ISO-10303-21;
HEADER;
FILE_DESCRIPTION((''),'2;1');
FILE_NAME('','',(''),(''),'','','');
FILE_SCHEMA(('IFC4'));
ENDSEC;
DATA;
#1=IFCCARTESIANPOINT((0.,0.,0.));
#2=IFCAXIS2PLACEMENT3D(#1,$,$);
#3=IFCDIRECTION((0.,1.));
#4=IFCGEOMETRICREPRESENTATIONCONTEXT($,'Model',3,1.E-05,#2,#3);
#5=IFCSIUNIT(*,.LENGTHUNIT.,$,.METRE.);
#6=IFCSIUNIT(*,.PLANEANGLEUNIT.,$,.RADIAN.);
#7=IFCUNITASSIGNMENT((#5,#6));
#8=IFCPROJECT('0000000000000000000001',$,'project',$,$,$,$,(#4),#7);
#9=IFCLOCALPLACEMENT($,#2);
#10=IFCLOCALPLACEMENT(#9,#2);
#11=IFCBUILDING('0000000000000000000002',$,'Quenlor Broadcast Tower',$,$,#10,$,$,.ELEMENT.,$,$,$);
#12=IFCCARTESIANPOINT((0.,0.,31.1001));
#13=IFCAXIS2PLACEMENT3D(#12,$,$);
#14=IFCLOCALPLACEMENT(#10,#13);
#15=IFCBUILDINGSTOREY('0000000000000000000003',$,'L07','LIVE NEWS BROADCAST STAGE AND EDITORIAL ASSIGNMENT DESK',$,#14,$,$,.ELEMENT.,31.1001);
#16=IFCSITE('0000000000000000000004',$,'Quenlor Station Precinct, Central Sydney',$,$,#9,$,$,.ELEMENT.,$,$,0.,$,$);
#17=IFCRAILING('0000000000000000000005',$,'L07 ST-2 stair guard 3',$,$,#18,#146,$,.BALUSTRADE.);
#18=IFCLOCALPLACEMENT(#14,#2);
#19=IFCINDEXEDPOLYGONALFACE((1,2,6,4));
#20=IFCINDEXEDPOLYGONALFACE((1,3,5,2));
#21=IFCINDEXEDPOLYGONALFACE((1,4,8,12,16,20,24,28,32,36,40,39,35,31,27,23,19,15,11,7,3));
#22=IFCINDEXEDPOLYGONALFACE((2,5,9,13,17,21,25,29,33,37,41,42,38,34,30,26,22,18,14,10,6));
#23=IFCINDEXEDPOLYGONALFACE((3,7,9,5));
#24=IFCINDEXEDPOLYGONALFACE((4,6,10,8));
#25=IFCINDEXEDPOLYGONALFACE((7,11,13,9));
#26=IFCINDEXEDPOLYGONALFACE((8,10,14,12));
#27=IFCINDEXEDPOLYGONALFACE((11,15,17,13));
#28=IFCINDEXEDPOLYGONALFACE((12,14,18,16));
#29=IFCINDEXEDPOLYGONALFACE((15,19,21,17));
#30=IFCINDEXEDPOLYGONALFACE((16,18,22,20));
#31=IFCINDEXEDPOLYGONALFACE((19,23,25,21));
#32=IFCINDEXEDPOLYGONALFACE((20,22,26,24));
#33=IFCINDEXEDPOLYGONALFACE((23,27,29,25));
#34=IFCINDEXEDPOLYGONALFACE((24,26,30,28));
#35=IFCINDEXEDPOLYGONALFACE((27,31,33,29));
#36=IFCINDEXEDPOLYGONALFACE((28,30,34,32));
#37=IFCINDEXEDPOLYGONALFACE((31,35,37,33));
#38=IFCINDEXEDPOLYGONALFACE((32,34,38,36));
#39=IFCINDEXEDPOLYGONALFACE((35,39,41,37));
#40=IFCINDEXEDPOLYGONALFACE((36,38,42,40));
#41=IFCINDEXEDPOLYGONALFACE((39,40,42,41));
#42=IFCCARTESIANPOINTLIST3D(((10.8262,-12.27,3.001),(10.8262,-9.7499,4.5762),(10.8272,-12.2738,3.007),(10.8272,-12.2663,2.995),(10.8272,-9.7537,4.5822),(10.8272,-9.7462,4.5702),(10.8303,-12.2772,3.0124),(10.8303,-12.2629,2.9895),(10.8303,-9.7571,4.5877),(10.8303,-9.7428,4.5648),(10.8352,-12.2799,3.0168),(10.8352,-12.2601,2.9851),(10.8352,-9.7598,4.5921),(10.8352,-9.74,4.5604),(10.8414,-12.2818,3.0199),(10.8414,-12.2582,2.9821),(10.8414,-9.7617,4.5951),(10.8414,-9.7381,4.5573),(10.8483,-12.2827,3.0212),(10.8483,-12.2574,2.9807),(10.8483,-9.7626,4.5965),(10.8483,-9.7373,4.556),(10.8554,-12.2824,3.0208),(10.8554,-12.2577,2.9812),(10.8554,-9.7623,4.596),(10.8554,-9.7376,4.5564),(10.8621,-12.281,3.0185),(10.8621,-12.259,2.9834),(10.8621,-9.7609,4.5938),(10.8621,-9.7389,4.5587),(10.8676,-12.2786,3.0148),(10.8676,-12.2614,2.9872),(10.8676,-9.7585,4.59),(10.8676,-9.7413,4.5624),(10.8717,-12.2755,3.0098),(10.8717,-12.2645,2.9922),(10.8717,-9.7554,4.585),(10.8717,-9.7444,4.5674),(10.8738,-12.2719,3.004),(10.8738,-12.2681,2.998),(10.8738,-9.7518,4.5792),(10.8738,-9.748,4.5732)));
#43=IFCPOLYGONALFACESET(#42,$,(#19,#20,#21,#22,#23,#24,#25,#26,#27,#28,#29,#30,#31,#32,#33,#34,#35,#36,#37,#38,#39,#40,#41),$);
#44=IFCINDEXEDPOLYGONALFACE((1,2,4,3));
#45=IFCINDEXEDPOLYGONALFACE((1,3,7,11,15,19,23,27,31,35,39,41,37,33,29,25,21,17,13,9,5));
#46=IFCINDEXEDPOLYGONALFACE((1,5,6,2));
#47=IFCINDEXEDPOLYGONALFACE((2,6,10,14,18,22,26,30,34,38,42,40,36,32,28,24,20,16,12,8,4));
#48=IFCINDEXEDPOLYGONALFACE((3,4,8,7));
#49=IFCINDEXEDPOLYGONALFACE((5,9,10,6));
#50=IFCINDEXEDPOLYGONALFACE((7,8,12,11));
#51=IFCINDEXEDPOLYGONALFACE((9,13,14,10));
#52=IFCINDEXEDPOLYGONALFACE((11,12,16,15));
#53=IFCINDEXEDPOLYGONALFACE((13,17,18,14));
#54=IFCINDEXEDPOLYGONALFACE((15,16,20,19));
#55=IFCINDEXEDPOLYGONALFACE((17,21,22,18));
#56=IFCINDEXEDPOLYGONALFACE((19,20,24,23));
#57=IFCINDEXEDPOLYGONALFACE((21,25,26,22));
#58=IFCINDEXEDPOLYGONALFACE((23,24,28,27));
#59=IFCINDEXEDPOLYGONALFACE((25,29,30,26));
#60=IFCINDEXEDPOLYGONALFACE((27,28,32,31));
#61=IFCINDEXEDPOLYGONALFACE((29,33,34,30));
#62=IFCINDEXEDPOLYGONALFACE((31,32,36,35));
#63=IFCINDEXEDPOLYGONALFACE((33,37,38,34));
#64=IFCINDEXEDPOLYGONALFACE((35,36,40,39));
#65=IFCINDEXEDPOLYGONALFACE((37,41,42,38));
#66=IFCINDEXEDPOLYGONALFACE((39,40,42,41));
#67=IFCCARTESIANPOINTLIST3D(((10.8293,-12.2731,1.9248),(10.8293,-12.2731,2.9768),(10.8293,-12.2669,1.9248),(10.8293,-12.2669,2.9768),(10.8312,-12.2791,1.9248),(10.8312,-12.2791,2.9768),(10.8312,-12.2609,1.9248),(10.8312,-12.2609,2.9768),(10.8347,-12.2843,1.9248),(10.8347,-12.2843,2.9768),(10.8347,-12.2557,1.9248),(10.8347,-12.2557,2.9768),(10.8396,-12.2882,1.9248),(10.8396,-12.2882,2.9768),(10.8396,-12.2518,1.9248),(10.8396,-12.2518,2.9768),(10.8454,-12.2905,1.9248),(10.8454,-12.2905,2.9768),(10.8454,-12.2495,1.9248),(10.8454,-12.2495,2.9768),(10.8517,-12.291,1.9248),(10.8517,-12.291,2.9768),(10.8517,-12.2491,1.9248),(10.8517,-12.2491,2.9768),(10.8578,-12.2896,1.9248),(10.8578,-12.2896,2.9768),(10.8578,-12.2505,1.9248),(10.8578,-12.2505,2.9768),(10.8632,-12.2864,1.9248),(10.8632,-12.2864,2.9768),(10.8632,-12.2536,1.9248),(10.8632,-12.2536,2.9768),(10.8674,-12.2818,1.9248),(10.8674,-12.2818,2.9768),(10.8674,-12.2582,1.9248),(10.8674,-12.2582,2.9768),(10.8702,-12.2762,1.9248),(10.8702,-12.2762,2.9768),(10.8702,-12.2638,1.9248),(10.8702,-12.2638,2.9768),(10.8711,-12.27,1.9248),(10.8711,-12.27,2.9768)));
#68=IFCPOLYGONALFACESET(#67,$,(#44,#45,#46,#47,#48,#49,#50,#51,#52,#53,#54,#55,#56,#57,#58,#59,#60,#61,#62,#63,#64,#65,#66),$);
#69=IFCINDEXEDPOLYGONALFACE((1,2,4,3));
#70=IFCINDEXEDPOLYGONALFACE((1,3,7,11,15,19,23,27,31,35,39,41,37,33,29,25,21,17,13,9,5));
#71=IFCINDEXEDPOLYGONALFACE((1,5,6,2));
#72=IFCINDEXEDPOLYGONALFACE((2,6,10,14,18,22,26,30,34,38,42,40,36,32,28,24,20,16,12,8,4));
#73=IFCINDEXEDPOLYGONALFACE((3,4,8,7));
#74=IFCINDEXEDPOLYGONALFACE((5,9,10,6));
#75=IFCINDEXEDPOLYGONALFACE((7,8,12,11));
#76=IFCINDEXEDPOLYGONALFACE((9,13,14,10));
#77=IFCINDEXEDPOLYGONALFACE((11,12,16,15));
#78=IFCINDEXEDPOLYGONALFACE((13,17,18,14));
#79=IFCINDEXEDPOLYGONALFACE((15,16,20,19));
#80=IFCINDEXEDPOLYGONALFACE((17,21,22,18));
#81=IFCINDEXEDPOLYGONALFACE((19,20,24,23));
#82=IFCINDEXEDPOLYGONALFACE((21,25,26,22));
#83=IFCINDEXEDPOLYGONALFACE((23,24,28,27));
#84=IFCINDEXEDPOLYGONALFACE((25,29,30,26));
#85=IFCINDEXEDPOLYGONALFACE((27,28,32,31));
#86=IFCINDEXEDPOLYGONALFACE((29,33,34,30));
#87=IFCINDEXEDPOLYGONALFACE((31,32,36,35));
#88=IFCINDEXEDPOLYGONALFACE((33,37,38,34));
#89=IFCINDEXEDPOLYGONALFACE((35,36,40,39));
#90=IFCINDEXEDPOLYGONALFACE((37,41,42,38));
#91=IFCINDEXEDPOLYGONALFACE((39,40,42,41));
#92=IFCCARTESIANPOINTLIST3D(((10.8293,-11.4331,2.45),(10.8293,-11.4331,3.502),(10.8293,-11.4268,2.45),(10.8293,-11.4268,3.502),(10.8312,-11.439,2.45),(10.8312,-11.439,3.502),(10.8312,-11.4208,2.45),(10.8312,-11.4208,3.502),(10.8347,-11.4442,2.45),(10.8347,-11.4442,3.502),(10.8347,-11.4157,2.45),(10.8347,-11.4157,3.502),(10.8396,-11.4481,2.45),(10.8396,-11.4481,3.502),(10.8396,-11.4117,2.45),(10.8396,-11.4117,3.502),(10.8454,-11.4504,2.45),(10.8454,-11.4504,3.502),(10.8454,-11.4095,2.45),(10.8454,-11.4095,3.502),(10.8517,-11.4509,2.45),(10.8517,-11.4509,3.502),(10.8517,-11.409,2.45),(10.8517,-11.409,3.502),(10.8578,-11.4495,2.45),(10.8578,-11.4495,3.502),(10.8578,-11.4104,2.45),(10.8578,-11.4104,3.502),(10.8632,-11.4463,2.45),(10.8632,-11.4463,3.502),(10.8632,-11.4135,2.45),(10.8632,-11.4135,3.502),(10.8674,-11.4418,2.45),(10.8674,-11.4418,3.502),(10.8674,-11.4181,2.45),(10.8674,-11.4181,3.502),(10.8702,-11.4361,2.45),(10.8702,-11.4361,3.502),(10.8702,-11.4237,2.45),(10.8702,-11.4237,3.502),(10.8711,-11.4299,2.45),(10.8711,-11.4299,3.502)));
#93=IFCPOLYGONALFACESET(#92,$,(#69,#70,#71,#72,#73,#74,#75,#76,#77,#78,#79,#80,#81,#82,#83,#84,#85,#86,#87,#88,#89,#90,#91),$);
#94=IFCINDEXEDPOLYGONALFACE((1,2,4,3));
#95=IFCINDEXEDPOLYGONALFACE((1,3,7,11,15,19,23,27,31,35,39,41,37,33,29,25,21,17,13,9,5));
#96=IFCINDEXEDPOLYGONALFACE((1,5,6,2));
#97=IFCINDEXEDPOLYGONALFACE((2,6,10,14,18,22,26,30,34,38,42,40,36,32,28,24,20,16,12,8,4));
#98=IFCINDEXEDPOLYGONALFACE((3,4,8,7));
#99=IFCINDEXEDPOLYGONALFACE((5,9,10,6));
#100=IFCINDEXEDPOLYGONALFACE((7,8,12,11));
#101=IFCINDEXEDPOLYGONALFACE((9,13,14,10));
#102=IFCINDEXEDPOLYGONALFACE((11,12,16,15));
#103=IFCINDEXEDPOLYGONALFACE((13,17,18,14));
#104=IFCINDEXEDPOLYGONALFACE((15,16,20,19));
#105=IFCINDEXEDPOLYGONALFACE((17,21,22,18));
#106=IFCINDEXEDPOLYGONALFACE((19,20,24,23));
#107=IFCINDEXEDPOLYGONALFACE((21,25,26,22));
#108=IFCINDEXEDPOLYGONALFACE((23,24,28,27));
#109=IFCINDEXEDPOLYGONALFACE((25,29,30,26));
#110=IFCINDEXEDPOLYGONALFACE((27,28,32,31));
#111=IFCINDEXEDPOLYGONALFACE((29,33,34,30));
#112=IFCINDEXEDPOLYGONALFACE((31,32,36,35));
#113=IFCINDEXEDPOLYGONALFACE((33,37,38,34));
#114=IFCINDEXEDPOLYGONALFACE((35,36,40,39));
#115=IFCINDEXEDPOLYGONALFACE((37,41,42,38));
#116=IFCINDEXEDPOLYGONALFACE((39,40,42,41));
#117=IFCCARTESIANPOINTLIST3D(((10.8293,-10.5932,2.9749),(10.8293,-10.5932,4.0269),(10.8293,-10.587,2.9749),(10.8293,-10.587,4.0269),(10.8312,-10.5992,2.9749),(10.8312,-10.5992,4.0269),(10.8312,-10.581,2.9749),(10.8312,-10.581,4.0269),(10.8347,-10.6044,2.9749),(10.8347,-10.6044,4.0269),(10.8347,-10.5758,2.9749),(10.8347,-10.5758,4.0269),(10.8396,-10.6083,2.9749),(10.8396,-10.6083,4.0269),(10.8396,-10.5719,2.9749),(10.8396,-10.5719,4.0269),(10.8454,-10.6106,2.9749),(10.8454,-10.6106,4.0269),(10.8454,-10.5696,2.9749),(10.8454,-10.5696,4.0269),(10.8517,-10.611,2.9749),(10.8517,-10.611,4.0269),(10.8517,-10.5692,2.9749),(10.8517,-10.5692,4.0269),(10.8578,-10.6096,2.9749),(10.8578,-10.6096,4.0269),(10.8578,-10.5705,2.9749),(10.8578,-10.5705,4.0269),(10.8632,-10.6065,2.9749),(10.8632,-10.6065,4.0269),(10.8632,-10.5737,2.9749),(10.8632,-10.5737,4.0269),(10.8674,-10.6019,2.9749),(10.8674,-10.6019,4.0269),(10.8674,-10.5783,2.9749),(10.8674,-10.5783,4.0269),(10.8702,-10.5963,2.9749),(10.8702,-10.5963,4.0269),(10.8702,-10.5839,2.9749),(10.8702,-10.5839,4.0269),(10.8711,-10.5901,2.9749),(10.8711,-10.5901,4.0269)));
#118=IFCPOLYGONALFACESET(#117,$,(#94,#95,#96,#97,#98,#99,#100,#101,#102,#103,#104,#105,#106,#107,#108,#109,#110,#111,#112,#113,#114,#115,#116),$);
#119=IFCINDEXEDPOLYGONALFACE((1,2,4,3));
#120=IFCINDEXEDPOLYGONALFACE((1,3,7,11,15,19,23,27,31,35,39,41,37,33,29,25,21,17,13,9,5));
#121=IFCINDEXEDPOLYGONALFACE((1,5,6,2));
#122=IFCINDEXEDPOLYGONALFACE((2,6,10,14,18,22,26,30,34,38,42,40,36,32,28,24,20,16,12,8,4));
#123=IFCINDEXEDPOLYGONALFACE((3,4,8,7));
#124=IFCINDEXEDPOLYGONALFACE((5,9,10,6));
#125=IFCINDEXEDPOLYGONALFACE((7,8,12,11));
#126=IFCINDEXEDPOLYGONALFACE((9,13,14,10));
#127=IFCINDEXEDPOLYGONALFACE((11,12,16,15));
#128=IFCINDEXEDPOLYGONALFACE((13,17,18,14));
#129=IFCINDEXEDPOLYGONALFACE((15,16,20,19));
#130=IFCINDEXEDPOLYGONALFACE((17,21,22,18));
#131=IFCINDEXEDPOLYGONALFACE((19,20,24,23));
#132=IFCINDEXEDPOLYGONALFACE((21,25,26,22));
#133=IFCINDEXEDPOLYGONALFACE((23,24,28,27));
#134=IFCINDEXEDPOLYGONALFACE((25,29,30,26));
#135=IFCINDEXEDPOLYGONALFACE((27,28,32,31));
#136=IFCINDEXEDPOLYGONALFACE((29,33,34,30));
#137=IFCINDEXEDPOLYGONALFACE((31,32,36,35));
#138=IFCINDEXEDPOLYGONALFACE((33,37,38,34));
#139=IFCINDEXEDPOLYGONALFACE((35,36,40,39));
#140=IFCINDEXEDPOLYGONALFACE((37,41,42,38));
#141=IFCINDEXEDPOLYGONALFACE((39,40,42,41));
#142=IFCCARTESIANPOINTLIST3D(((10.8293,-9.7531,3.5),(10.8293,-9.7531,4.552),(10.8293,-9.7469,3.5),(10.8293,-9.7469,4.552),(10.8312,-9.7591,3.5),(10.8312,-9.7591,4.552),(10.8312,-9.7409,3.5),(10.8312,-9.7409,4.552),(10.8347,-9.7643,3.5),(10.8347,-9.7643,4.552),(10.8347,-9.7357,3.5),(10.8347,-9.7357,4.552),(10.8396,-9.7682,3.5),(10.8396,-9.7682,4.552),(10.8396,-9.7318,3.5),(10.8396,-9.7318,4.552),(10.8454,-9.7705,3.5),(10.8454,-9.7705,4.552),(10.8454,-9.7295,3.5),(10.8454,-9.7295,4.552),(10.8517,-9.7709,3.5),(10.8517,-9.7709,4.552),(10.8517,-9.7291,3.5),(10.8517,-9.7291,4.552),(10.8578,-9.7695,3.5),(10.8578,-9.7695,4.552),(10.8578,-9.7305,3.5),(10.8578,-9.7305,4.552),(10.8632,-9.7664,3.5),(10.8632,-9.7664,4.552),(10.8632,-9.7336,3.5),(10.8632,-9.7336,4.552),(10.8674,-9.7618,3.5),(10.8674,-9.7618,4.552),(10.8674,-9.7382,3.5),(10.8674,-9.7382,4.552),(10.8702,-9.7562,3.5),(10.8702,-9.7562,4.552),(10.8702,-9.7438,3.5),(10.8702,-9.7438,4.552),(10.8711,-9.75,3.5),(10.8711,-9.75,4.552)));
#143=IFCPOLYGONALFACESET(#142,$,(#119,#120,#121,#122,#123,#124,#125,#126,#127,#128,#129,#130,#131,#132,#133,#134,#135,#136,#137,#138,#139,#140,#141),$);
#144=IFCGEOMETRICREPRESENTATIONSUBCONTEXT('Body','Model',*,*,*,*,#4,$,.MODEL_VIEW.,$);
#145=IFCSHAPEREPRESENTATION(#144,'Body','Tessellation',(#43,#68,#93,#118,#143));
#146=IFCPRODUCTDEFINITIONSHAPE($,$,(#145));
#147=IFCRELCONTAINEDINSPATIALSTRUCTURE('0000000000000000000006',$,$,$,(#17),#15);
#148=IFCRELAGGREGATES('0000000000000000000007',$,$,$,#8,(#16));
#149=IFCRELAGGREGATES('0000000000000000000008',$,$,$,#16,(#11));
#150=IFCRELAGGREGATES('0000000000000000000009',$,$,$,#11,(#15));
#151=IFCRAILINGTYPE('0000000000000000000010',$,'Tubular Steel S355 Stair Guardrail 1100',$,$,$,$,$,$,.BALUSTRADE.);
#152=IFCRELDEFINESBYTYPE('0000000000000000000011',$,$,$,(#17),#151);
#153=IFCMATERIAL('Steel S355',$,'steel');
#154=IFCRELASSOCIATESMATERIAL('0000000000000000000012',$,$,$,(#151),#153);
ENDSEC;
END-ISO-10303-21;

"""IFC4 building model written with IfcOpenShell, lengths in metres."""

from ifc_helpers import new_model, si_unit, direction, frame, origin, origin_2d, place, context, subcontext, project, spatial, circle, extrude, material, type_object, element, save


model = new_model("IFC4")

# Units and contexts
model_context = context("Model", 3, precision=1e-05, world=origin(), true_north=direction((0.0, 1.0)))
body_context = subcontext(model_context, "Body", "Model", "MODEL_VIEW")
ifc_project = project(units=[si_unit("LENGTHUNIT", "METRE"), si_unit("PLANEANGLEUNIT", "RADIAN")], contexts=[model_context])

# Site, building, storey
site_placement = place(None, origin())
site = spatial("IfcSite", under=ifc_project, at=site_placement, Name="Quenlor Station Precinct, Central Sydney", CompositionType="ELEMENT", RefElevation=0.0)
building_placement = place(site_placement, origin())
building = spatial("IfcBuilding", under=site, at=building_placement, Name="Quenlor Broadcast Tower", CompositionType="ELEMENT")
storey_placement = place(building_placement, frame((0.0, 0.0, 31.1001)))
storey = spatial("IfcBuildingStorey", under=building, at=storey_placement, Name="L07", Description="LIVE NEWS BROADCAST STAGE AND EDITORIAL ASSIGNMENT DESK", CompositionType="ELEMENT", Elevation=31.1001)

# Railing
ifc_material_1 = material(Name="Steel S355", Category="steel")
railing_type_1 = type_object("IfcRailingType", Name="Tubular Steel S355 Stair Guardrail 1100", PredefinedType="BALUSTRADE", material=ifc_material_1)
railing_1_placement = place(storey_placement, frame((10.8501, -12.27, 1.9248)))
element("IfcRailing", 1, at=railing_1_placement, inside=storey, type_object=railing_type_1, Name="L07 ST-2 stair guard 3", PredefinedType="BALUSTRADE", context=body_context, shape_type="SweptSolid", body=[
    extrude(circle(Radius=0.0239, at=origin_2d()), frame((0.0, 0.0, 1.0762), z_axis=(0.0, 0.847971, 0.530043), x_axis=(-1.0, 0.0, 0.0)), (0.0, 0.0, 1.0), 2.9719),
    extrude(circle(Radius=0.021, at=origin_2d()), origin(), (0.0, 0.0, 1.0), 1.052),
    extrude(circle(Radius=0.021, at=origin_2d()), frame((0.0, 0.8401, 0.5251)), (0.0, 0.0, 1.0), 1.052),
    extrude(circle(Radius=0.021, at=origin_2d()), frame((0.0, 1.6799, 1.05)), (0.0, 0.0, 1.0), 1.052),
    extrude(circle(Radius=0.021, at=origin_2d()), frame((0.0, 2.52, 1.5752)), (0.0, 0.0, 1.0), 1.052),
])

save(model, "model.ifc")
